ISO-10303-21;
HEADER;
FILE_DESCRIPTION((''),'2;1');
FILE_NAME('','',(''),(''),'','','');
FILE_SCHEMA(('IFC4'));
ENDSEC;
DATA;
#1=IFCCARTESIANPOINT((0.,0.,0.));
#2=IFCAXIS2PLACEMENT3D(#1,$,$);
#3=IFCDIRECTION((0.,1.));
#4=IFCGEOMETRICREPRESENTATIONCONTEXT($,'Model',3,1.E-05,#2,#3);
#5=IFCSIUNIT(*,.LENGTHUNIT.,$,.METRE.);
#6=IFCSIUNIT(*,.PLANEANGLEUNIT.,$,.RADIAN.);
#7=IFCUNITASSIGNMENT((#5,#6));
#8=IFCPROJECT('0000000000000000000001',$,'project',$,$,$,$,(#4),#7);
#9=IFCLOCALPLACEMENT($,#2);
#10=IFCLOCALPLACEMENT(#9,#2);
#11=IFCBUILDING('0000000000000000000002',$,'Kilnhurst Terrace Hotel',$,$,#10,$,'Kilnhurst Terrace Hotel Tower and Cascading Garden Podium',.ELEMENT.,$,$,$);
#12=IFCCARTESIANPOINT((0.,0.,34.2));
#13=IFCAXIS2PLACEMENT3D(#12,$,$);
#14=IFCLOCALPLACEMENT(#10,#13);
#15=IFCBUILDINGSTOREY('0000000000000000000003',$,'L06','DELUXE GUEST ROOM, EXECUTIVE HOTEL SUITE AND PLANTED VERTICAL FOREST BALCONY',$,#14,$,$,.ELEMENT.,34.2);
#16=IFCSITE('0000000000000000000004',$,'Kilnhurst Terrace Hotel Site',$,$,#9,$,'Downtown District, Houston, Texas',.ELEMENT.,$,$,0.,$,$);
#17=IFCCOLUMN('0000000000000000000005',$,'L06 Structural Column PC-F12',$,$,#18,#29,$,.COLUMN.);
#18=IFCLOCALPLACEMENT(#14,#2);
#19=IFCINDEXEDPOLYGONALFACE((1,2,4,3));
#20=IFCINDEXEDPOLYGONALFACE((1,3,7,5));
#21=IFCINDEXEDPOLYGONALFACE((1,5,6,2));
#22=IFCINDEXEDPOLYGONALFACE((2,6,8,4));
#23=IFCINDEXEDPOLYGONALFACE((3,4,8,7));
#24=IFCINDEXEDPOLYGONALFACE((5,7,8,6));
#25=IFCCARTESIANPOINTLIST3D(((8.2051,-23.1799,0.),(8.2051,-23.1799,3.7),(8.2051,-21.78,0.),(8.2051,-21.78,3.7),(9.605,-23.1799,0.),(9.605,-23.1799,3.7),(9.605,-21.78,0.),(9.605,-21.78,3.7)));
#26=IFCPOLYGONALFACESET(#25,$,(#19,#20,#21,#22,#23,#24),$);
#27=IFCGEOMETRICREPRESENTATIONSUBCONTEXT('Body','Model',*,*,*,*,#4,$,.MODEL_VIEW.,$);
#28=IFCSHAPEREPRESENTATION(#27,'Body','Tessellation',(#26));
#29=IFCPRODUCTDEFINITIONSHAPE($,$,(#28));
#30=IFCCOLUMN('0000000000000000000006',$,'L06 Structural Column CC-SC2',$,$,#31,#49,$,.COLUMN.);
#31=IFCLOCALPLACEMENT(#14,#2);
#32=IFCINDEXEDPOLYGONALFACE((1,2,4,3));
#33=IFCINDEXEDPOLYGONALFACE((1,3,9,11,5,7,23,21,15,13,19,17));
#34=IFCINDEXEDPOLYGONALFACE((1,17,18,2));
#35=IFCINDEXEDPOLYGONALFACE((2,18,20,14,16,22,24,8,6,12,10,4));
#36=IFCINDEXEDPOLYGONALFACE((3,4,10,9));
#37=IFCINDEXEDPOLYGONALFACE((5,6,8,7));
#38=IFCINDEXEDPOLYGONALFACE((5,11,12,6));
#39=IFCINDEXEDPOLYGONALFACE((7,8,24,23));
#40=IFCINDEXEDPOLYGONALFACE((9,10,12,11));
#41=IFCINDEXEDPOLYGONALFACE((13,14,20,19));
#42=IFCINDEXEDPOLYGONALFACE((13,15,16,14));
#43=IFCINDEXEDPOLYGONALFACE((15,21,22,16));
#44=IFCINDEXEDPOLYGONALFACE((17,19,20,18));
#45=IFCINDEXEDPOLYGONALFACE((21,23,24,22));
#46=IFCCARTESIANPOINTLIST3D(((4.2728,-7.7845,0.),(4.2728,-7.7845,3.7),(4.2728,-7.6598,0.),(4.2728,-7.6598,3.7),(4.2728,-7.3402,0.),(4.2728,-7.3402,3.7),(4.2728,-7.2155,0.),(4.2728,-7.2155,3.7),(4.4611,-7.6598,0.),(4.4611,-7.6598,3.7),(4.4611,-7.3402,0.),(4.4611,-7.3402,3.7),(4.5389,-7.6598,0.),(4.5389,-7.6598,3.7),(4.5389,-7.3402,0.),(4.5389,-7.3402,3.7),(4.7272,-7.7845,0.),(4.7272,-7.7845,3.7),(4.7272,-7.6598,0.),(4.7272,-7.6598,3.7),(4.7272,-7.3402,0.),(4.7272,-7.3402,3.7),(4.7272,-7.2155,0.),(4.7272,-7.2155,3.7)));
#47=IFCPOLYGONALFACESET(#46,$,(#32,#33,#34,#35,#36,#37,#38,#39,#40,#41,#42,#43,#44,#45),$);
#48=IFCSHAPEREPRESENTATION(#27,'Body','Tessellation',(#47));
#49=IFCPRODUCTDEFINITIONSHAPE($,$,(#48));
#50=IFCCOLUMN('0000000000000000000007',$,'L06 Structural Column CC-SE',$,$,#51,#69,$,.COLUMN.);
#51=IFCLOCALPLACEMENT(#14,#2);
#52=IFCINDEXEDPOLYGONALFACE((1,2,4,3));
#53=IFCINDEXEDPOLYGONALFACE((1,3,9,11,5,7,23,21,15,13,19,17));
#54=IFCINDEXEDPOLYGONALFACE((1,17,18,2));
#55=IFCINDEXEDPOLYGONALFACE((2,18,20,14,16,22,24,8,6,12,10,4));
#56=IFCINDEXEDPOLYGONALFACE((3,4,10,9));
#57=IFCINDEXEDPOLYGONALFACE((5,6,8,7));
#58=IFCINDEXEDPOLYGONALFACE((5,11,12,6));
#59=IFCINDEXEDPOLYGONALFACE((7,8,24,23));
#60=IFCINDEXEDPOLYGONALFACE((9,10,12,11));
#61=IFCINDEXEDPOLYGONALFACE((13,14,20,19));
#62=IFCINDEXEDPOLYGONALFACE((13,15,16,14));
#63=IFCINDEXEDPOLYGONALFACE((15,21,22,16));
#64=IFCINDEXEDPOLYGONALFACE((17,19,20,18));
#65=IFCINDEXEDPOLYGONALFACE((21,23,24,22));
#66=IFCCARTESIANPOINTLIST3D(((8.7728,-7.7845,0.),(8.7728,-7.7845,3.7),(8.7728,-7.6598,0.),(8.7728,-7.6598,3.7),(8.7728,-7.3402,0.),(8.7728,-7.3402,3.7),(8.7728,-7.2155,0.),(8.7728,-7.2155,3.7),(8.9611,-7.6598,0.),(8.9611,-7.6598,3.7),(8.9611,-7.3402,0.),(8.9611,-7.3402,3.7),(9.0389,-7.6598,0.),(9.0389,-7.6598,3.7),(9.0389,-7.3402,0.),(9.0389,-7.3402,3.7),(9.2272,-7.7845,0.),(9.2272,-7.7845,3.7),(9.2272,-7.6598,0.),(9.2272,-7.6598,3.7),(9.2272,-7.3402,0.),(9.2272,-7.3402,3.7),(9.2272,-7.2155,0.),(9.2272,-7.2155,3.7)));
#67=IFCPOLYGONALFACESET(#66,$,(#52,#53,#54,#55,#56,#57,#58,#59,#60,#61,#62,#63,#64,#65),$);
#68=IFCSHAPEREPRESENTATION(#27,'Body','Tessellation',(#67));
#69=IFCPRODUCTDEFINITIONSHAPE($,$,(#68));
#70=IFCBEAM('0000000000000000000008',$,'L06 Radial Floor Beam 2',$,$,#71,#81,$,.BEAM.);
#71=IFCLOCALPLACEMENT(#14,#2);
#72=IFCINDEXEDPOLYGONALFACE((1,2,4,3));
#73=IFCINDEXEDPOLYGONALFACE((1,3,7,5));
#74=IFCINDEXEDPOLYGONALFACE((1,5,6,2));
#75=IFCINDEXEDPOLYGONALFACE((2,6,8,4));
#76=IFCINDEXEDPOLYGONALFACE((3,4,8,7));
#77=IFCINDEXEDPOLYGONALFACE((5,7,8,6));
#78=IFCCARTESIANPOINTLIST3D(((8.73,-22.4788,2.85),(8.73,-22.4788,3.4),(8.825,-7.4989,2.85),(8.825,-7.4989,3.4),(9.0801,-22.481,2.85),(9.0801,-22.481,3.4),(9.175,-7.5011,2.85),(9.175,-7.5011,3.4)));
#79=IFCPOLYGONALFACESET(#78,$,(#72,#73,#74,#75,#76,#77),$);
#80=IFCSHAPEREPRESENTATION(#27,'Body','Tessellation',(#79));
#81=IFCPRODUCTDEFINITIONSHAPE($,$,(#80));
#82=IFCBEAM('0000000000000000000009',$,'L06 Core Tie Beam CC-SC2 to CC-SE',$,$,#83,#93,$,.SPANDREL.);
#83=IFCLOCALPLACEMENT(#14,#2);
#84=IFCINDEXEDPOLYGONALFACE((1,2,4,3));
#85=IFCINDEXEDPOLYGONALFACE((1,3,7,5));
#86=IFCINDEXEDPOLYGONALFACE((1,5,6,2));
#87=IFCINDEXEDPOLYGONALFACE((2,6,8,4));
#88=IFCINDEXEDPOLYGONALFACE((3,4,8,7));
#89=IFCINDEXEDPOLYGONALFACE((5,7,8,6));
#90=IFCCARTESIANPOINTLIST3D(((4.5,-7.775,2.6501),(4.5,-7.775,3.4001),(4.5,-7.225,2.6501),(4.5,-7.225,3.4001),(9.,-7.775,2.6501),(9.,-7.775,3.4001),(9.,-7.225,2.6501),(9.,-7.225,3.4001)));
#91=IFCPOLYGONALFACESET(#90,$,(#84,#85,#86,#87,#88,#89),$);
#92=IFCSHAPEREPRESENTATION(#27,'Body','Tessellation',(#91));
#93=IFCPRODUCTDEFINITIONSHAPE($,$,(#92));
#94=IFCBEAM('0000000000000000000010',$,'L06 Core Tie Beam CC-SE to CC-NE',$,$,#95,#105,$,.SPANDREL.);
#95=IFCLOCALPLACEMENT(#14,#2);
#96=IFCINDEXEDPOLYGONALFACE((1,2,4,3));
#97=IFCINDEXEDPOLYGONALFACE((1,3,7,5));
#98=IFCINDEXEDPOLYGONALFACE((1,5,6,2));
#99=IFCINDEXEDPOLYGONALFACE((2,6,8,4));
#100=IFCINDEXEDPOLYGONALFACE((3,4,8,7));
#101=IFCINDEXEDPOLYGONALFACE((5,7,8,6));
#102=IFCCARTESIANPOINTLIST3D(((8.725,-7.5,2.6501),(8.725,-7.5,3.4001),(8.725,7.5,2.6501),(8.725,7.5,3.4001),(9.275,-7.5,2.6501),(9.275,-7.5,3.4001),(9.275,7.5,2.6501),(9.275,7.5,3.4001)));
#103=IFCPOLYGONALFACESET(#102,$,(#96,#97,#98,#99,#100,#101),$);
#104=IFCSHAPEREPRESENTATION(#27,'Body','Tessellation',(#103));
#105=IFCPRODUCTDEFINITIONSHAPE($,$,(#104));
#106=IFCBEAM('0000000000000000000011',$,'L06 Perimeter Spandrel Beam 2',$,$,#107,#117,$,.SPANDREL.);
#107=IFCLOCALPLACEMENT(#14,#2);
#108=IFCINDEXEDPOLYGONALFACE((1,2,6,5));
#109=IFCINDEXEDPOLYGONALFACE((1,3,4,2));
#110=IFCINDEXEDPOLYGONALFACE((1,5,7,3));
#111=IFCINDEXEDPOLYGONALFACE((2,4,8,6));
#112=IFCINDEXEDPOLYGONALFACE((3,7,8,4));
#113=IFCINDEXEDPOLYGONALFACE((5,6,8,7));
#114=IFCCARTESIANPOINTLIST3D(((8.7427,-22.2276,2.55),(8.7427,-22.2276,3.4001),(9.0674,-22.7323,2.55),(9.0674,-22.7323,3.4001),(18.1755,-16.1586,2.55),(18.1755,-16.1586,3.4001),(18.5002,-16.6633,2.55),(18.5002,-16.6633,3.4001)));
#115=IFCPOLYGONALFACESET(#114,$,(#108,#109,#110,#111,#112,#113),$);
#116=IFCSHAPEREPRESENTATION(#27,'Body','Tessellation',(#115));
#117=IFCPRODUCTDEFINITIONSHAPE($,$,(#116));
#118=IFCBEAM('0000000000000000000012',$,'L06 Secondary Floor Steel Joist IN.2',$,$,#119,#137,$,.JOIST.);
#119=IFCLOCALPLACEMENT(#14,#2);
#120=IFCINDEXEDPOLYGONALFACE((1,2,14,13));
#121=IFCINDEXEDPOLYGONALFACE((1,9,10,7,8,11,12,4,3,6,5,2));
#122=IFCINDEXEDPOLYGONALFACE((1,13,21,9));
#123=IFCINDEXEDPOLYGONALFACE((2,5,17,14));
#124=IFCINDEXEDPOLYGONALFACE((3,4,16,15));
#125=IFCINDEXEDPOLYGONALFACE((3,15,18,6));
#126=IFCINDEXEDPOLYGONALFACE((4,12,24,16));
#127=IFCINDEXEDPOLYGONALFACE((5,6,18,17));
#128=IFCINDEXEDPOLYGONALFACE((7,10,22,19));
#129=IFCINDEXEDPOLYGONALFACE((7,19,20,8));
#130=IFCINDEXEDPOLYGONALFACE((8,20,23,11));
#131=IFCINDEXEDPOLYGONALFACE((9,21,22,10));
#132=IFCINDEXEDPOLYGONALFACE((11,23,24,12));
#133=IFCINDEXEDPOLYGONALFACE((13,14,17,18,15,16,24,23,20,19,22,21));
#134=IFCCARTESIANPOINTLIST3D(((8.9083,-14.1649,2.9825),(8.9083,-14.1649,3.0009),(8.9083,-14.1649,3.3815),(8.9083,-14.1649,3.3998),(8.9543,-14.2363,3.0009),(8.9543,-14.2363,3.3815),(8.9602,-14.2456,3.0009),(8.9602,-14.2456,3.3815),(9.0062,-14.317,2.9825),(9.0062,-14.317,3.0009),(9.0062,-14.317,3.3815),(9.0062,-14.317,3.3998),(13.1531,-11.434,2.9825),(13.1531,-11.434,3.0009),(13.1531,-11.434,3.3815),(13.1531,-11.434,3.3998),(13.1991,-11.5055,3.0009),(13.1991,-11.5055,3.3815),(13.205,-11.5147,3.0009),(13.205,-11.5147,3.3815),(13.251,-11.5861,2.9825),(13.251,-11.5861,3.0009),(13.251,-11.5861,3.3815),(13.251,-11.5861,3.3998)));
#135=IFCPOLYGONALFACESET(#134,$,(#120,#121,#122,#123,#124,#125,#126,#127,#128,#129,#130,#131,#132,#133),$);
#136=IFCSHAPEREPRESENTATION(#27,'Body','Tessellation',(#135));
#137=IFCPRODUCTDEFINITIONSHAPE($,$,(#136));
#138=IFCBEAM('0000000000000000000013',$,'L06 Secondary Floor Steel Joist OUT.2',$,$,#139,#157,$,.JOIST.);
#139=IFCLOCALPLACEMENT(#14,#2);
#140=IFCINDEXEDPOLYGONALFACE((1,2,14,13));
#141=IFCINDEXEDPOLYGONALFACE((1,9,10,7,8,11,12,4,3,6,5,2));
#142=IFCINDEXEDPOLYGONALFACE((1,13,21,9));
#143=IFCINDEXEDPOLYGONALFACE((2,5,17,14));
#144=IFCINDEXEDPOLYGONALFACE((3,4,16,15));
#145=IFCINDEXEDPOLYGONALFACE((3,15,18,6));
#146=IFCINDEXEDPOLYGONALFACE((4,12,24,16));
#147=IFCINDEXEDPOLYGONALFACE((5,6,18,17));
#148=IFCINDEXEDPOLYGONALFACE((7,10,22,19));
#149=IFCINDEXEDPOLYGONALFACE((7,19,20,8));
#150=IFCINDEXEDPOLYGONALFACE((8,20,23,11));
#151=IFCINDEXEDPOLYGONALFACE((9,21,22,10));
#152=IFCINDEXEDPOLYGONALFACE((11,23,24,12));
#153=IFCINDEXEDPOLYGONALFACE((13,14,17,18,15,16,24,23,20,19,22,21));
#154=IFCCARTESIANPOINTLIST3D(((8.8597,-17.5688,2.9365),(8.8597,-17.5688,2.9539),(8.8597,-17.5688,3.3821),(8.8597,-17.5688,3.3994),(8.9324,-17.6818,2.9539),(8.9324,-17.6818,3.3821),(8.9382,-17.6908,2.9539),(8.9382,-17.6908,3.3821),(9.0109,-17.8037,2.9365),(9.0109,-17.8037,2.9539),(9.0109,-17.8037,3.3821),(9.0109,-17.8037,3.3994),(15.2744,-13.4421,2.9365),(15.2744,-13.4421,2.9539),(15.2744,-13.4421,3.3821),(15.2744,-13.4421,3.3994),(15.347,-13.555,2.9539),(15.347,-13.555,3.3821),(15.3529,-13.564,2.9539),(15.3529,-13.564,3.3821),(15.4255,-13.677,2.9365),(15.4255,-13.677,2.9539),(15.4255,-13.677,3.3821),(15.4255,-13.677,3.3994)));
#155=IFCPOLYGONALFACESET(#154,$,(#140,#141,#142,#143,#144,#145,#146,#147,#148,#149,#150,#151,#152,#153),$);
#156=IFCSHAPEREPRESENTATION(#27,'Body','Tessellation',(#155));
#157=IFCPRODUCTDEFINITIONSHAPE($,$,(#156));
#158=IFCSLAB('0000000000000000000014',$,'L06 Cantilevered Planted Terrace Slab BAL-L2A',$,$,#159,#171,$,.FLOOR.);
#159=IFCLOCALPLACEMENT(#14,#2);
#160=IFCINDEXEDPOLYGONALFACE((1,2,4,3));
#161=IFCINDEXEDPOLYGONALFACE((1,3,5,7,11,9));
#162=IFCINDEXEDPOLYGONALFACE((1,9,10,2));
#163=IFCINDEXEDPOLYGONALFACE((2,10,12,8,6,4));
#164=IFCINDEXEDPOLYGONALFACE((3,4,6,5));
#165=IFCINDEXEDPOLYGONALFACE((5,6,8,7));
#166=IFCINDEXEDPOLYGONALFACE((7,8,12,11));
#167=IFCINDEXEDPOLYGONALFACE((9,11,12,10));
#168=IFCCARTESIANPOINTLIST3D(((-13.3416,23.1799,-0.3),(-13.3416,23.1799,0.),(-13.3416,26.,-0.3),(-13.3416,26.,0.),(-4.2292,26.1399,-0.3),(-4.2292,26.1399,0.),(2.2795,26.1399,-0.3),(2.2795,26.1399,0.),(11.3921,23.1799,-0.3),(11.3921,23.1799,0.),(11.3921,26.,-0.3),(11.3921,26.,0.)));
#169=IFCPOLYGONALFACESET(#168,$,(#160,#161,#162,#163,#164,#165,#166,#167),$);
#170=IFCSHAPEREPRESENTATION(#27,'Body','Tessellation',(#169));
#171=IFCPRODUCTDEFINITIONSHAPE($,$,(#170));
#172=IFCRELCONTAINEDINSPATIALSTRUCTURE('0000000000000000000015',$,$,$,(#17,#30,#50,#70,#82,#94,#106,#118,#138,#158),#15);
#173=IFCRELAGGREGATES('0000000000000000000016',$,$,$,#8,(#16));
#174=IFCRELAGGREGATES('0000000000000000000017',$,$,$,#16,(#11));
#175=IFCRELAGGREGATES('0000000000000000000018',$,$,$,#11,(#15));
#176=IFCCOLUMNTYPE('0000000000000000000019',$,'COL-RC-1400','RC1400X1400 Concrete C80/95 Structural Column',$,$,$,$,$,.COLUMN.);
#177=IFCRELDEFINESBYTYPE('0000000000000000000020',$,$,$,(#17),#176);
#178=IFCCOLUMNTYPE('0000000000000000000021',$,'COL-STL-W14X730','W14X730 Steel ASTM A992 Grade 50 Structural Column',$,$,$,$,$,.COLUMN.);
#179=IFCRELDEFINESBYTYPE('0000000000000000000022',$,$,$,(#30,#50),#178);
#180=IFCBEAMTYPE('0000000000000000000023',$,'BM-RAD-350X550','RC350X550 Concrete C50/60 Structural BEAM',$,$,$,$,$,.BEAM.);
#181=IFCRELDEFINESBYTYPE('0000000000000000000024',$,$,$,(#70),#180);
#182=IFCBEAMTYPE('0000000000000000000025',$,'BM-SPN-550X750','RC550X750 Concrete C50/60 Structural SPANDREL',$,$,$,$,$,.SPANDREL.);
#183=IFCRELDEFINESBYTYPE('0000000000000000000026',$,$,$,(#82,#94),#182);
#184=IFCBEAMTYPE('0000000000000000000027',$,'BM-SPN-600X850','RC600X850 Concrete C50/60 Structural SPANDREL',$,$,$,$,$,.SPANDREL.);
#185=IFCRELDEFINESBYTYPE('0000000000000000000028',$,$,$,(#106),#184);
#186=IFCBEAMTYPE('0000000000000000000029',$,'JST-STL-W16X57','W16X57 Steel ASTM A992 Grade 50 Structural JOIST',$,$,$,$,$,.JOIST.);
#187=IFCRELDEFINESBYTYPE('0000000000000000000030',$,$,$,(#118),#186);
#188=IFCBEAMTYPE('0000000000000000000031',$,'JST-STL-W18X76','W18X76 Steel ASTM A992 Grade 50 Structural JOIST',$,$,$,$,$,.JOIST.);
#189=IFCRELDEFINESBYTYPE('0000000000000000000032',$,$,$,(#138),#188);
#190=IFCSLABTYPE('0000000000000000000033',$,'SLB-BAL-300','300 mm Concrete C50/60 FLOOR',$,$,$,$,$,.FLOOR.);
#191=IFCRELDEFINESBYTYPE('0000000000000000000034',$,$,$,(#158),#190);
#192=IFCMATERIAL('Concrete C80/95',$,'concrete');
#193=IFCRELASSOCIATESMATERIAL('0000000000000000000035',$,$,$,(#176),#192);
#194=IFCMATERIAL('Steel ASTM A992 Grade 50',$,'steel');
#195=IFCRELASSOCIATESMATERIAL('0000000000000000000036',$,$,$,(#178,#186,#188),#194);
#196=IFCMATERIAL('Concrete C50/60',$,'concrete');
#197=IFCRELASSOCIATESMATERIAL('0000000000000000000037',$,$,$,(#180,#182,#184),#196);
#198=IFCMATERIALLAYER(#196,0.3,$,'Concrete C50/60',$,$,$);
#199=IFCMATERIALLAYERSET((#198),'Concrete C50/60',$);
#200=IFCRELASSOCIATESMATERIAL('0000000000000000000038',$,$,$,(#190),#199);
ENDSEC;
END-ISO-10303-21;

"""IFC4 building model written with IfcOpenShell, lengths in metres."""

from ifc_helpers import new_model, si_unit, direction, frame, origin, origin_2d, place, context, subcontext, project, spatial, polyline, rectangle, i_section, outline, extrude, material, layer, layer_set, material_profile, profile_set, type_object, element, save


model = new_model("IFC4")

# Units and contexts
model_context = context("Model", 3, precision=1e-05, world=origin(), true_north=direction((0.0, 1.0)))
body_context = subcontext(model_context, "Body", "Model", "MODEL_VIEW")
ifc_project = project(units=[si_unit("LENGTHUNIT", "METRE"), si_unit("PLANEANGLEUNIT", "RADIAN")], contexts=[model_context])

# Site, building, storey
site_placement = place(None, origin())
site = spatial("IfcSite", under=ifc_project, at=site_placement, Name="Kilnhurst Terrace Hotel Site", LongName="Downtown District, Houston, Texas", CompositionType="ELEMENT", RefElevation=0.0)
building_placement = place(site_placement, origin())
building = spatial("IfcBuilding", under=site, at=building_placement, Name="Kilnhurst Terrace Hotel", LongName="Kilnhurst Terrace Hotel Tower and Cascading Garden Podium", CompositionType="ELEMENT")
storey_placement = place(building_placement, frame((0.0, 0.0, 34.2)))
storey = spatial("IfcBuildingStorey", under=building, at=storey_placement, Name="L06", Description="DELUXE GUEST ROOM, EXECUTIVE HOTEL SUITE AND PLANTED VERTICAL FOREST BALCONY", CompositionType="ELEMENT", Elevation=34.2)

# Columns
ifc_material_1 = material(Name="Concrete C80/95", Category="concrete")
ifc_material_profile_1 = material_profile(ifc_material_1, rectangle(XDim=1.3999, YDim=1.3999, at=origin_2d()), Name="RC1400X1400")
ifc_profile_set_1 = profile_set([ifc_material_profile_1], Name="Concrete C80/95")
column_type_1 = type_object("IfcColumnType", Name="COL-RC-1400", Description="RC1400X1400 Concrete C80/95 Structural Column", PredefinedType="COLUMN", material=ifc_profile_set_1)
column_placement = place(storey_placement, frame((8.905, -22.48, 0.0), z_axis=(0.0, 0.0, 1.0), x_axis=(1.0, 0.0, 0.0)))
element("IfcColumn", 1, at=column_placement, inside=storey, type_object=column_type_1, Name="L06 Structural Column PC-F12", PredefinedType="COLUMN", context=body_context, shape_type="SweptSolid", body=[
    extrude(rectangle(XDim=1.3999, YDim=1.3999, at=origin_2d()), origin(), (0.0, 0.0, 1.0), 3.7),
])
ifc_material_2 = material(Name="Steel ASTM A992 Grade 50", Category="steel")
ifc_material_profile_2 = material_profile(ifc_material_2, i_section(OverallWidth=0.4543, OverallDepth=0.5691, WebThickness=0.0779, FlangeThickness=0.1248, at=origin_2d()), Name="W14X730")
ifc_profile_set_2 = profile_set([ifc_material_profile_2], Name="Steel ASTM A992 Grade 50")
column_type_2 = type_object("IfcColumnType", Name="COL-STL-W14X730", Description="W14X730 Steel ASTM A992 Grade 50 Structural Column", PredefinedType="COLUMN", material=ifc_profile_set_2)
for number, where, z_axis, x_axis, name in (
    (2, (4.5, -7.5, 0.0), (0.0, 0.0, 1.0), (1.0, 0.0, 0.0), "L06 Structural Column CC-SC2"),
    (3, (9.0, -7.5, 0.0), (0.0, 0.0, 1.0), (1.0, 0.0, 0.0), "L06 Structural Column CC-SE"),
):
    element("IfcColumn", number, at=place(storey_placement, frame(where, z_axis=z_axis, x_axis=x_axis)), inside=storey, type_object=column_type_2, Name=name, PredefinedType="COLUMN", context=body_context, shape_type="SweptSolid", body=[
        extrude(i_section(OverallWidth=0.4543, OverallDepth=0.5691, WebThickness=0.0779, FlangeThickness=0.1248, at=origin_2d()), origin(), (0.0, 0.0, 1.0), 3.7),
    ])

# Beams
ifc_material_3 = material(Name="Concrete C50/60", Category="concrete")
ifc_material_profile_3 = material_profile(ifc_material_3, rectangle(XDim=0.3501, YDim=0.55, at=origin_2d()), Name="RC350X550")
ifc_profile_set_3 = profile_set([ifc_material_profile_3], Name="Concrete C50/60")
beam_type_1 = type_object("IfcBeamType", Name="BM-RAD-350X550", Description="RC350X550 Concrete C50/60 Structural BEAM", PredefinedType="BEAM", material=ifc_profile_set_3)
beam_1_placement = place(storey_placement, frame((9.0, -7.5, 3.125), z_axis=(-0.00634, -0.99998, 0.0), x_axis=(0.99998, -0.00634, 0.0)))
element("IfcBeam", 4, at=beam_1_placement, inside=storey, type_object=beam_type_1, Name="L06 Radial Floor Beam 2", PredefinedType="BEAM", context=body_context, shape_type="SweptSolid", body=[
    extrude(rectangle(XDim=0.3501, YDim=0.55, at=origin_2d()), origin(), (0.0, 0.0, 1.0), 14.9802),
])
ifc_material_profile_4 = material_profile(ifc_material_3, rectangle(XDim=0.55, YDim=0.75, at=origin_2d()), Name="RC550X750")
ifc_profile_set_4 = profile_set([ifc_material_profile_4], Name="Concrete C50/60")
beam_type_2 = type_object("IfcBeamType", Name="BM-SPN-550X750", Description="RC550X750 Concrete C50/60 Structural SPANDREL", PredefinedType="SPANDREL", material=ifc_profile_set_4)
beam_2_placement = place(storey_placement, frame((4.5, -7.5, 3.0251), z_axis=(1.0, 0.0, 0.0), x_axis=(0.0, 1.0, 0.0)))
element("IfcBeam", 5, at=beam_2_placement, inside=storey, type_object=beam_type_2, Name="L06 Core Tie Beam CC-SC2 to CC-SE", PredefinedType="SPANDREL", context=body_context, shape_type="SweptSolid", body=[
    extrude(rectangle(XDim=0.55, YDim=0.75, at=origin_2d()), origin(), (0.0, 0.0, 1.0), 4.5),
])
beam_3_placement = place(storey_placement, frame((9.0, -7.5, 3.0251), z_axis=(0.0, 1.0, 0.0), x_axis=(-1.0, 0.0, 0.0)))
element("IfcBeam", 6, at=beam_3_placement, inside=storey, type_object=beam_type_2, Name="L06 Core Tie Beam CC-SE to CC-NE", PredefinedType="SPANDREL", context=body_context, shape_type="SweptSolid", body=[
    extrude(rectangle(XDim=0.55, YDim=0.75, at=origin_2d()), origin(), (0.0, 0.0, 1.0), 15.0),
])
ifc_material_profile_5 = material_profile(ifc_material_3, rectangle(XDim=0.6001, YDim=0.8501, at=origin_2d()), Name="RC600X850")
ifc_profile_set_5 = profile_set([ifc_material_profile_5], Name="Concrete C50/60")
beam_type_3 = type_object("IfcBeamType", Name="BM-SPN-600X850", Description="RC600X850 Concrete C50/60 Structural SPANDREL", PredefinedType="SPANDREL", material=ifc_profile_set_5)
beam_4_placement = place(storey_placement, frame((8.905, -22.48, 2.9751), z_axis=(0.840971, 0.54108, 0.0), x_axis=(-0.54108, 0.840971, 0.0)))
element("IfcBeam", 7, at=beam_4_placement, inside=storey, type_object=beam_type_3, Name="L06 Perimeter Spandrel Beam 2", PredefinedType="SPANDREL", context=body_context, shape_type="SweptSolid", body=[
    extrude(rectangle(XDim=0.6001, YDim=0.8501, at=origin_2d()), origin(), (0.0, 0.0, 1.0), 11.2166),
])
ifc_material_profile_6 = material_profile(ifc_material_2, i_section(OverallWidth=0.1809, OverallDepth=0.4172, WebThickness=0.011, FlangeThickness=0.0183, at=origin_2d()), Name="W16X57")
ifc_profile_set_6 = profile_set([ifc_material_profile_6], Name="Steel ASTM A992 Grade 50")
beam_type_4 = type_object("IfcBeamType", Name="JST-STL-W16X57", Description="W16X57 Steel ASTM A992 Grade 50 Structural JOIST", PredefinedType="JOIST", material=ifc_profile_set_6)
beam_5_placement = place(storey_placement, frame((8.9573, -14.241, 3.1912), z_axis=(0.840988, 0.541053, 0.0), x_axis=(-0.541053, 0.840988, 0.0)))
element("IfcBeam", 8, at=beam_5_placement, inside=storey, type_object=beam_type_4, Name="L06 Secondary Floor Steel Joist IN.2", PredefinedType="JOIST", context=body_context, shape_type="SweptSolid", body=[
    extrude(i_section(OverallWidth=0.1809, OverallDepth=0.4172, WebThickness=0.011, FlangeThickness=0.0183, at=origin_2d()), origin(), (0.0, 0.0, 1.0), 5.0474),
])
ifc_material_profile_7 = material_profile(ifc_material_2, i_section(OverallWidth=0.2793, OverallDepth=0.4629, WebThickness=0.0107, FlangeThickness=0.0173, at=origin_2d()), Name="W18X76")
ifc_profile_set_7 = profile_set([ifc_material_profile_7], Name="Steel ASTM A992 Grade 50")
beam_type_5 = type_object("IfcBeamType", Name="JST-STL-W18X76", Description="W18X76 Steel ASTM A992 Grade 50 Structural JOIST", PredefinedType="JOIST", material=ifc_profile_set_7)
beam_6_placement = place(storey_placement, frame((8.9353, -17.6863, 3.168), z_axis=(0.840995, 0.541042, 0.0), x_axis=(-0.541042, 0.840995, 0.0)))
element("IfcBeam", 9, at=beam_6_placement, inside=storey, type_object=beam_type_5, Name="L06 Secondary Floor Steel Joist OUT.2", PredefinedType="JOIST", context=body_context, shape_type="SweptSolid", body=[
    extrude(i_section(OverallWidth=0.2793, OverallDepth=0.4629, WebThickness=0.0107, FlangeThickness=0.0173, at=origin_2d()), origin(), (0.0, 0.0, 1.0), 7.6274),
])

# Slab
ifc_layer_1 = layer(ifc_material_3, 0.3, Name="Concrete C50/60")
ifc_layer_set_1 = layer_set([ifc_layer_1], Name="Concrete C50/60")
slab_type = type_object("IfcSlabType", Name="SLB-BAL-300", Description="300 mm Concrete C50/60 FLOOR", PredefinedType="FLOOR", material=ifc_layer_set_1)
slab_1_placement = place(storey_placement, frame((0.0, 0.0, -0.3)))
element("IfcSlab", 10, at=slab_1_placement, inside=storey, type_object=slab_type, Name="L06 Cantilevered Planted Terrace Slab BAL-L2A", PredefinedType="FLOOR", context=body_context, shape_type="SweptSolid", body=[
    extrude(outline(polyline([(2.2795, 26.1399), (11.3921, 26.0), (11.3921, 23.1799), (-13.3416, 23.1799), (-13.3416, 26.0), (-4.2292, 26.1399), (2.2795, 26.1399)])), origin(), (0.0, 0.0, 1.0), 0.3),
])

save(model, "model.ifc")
